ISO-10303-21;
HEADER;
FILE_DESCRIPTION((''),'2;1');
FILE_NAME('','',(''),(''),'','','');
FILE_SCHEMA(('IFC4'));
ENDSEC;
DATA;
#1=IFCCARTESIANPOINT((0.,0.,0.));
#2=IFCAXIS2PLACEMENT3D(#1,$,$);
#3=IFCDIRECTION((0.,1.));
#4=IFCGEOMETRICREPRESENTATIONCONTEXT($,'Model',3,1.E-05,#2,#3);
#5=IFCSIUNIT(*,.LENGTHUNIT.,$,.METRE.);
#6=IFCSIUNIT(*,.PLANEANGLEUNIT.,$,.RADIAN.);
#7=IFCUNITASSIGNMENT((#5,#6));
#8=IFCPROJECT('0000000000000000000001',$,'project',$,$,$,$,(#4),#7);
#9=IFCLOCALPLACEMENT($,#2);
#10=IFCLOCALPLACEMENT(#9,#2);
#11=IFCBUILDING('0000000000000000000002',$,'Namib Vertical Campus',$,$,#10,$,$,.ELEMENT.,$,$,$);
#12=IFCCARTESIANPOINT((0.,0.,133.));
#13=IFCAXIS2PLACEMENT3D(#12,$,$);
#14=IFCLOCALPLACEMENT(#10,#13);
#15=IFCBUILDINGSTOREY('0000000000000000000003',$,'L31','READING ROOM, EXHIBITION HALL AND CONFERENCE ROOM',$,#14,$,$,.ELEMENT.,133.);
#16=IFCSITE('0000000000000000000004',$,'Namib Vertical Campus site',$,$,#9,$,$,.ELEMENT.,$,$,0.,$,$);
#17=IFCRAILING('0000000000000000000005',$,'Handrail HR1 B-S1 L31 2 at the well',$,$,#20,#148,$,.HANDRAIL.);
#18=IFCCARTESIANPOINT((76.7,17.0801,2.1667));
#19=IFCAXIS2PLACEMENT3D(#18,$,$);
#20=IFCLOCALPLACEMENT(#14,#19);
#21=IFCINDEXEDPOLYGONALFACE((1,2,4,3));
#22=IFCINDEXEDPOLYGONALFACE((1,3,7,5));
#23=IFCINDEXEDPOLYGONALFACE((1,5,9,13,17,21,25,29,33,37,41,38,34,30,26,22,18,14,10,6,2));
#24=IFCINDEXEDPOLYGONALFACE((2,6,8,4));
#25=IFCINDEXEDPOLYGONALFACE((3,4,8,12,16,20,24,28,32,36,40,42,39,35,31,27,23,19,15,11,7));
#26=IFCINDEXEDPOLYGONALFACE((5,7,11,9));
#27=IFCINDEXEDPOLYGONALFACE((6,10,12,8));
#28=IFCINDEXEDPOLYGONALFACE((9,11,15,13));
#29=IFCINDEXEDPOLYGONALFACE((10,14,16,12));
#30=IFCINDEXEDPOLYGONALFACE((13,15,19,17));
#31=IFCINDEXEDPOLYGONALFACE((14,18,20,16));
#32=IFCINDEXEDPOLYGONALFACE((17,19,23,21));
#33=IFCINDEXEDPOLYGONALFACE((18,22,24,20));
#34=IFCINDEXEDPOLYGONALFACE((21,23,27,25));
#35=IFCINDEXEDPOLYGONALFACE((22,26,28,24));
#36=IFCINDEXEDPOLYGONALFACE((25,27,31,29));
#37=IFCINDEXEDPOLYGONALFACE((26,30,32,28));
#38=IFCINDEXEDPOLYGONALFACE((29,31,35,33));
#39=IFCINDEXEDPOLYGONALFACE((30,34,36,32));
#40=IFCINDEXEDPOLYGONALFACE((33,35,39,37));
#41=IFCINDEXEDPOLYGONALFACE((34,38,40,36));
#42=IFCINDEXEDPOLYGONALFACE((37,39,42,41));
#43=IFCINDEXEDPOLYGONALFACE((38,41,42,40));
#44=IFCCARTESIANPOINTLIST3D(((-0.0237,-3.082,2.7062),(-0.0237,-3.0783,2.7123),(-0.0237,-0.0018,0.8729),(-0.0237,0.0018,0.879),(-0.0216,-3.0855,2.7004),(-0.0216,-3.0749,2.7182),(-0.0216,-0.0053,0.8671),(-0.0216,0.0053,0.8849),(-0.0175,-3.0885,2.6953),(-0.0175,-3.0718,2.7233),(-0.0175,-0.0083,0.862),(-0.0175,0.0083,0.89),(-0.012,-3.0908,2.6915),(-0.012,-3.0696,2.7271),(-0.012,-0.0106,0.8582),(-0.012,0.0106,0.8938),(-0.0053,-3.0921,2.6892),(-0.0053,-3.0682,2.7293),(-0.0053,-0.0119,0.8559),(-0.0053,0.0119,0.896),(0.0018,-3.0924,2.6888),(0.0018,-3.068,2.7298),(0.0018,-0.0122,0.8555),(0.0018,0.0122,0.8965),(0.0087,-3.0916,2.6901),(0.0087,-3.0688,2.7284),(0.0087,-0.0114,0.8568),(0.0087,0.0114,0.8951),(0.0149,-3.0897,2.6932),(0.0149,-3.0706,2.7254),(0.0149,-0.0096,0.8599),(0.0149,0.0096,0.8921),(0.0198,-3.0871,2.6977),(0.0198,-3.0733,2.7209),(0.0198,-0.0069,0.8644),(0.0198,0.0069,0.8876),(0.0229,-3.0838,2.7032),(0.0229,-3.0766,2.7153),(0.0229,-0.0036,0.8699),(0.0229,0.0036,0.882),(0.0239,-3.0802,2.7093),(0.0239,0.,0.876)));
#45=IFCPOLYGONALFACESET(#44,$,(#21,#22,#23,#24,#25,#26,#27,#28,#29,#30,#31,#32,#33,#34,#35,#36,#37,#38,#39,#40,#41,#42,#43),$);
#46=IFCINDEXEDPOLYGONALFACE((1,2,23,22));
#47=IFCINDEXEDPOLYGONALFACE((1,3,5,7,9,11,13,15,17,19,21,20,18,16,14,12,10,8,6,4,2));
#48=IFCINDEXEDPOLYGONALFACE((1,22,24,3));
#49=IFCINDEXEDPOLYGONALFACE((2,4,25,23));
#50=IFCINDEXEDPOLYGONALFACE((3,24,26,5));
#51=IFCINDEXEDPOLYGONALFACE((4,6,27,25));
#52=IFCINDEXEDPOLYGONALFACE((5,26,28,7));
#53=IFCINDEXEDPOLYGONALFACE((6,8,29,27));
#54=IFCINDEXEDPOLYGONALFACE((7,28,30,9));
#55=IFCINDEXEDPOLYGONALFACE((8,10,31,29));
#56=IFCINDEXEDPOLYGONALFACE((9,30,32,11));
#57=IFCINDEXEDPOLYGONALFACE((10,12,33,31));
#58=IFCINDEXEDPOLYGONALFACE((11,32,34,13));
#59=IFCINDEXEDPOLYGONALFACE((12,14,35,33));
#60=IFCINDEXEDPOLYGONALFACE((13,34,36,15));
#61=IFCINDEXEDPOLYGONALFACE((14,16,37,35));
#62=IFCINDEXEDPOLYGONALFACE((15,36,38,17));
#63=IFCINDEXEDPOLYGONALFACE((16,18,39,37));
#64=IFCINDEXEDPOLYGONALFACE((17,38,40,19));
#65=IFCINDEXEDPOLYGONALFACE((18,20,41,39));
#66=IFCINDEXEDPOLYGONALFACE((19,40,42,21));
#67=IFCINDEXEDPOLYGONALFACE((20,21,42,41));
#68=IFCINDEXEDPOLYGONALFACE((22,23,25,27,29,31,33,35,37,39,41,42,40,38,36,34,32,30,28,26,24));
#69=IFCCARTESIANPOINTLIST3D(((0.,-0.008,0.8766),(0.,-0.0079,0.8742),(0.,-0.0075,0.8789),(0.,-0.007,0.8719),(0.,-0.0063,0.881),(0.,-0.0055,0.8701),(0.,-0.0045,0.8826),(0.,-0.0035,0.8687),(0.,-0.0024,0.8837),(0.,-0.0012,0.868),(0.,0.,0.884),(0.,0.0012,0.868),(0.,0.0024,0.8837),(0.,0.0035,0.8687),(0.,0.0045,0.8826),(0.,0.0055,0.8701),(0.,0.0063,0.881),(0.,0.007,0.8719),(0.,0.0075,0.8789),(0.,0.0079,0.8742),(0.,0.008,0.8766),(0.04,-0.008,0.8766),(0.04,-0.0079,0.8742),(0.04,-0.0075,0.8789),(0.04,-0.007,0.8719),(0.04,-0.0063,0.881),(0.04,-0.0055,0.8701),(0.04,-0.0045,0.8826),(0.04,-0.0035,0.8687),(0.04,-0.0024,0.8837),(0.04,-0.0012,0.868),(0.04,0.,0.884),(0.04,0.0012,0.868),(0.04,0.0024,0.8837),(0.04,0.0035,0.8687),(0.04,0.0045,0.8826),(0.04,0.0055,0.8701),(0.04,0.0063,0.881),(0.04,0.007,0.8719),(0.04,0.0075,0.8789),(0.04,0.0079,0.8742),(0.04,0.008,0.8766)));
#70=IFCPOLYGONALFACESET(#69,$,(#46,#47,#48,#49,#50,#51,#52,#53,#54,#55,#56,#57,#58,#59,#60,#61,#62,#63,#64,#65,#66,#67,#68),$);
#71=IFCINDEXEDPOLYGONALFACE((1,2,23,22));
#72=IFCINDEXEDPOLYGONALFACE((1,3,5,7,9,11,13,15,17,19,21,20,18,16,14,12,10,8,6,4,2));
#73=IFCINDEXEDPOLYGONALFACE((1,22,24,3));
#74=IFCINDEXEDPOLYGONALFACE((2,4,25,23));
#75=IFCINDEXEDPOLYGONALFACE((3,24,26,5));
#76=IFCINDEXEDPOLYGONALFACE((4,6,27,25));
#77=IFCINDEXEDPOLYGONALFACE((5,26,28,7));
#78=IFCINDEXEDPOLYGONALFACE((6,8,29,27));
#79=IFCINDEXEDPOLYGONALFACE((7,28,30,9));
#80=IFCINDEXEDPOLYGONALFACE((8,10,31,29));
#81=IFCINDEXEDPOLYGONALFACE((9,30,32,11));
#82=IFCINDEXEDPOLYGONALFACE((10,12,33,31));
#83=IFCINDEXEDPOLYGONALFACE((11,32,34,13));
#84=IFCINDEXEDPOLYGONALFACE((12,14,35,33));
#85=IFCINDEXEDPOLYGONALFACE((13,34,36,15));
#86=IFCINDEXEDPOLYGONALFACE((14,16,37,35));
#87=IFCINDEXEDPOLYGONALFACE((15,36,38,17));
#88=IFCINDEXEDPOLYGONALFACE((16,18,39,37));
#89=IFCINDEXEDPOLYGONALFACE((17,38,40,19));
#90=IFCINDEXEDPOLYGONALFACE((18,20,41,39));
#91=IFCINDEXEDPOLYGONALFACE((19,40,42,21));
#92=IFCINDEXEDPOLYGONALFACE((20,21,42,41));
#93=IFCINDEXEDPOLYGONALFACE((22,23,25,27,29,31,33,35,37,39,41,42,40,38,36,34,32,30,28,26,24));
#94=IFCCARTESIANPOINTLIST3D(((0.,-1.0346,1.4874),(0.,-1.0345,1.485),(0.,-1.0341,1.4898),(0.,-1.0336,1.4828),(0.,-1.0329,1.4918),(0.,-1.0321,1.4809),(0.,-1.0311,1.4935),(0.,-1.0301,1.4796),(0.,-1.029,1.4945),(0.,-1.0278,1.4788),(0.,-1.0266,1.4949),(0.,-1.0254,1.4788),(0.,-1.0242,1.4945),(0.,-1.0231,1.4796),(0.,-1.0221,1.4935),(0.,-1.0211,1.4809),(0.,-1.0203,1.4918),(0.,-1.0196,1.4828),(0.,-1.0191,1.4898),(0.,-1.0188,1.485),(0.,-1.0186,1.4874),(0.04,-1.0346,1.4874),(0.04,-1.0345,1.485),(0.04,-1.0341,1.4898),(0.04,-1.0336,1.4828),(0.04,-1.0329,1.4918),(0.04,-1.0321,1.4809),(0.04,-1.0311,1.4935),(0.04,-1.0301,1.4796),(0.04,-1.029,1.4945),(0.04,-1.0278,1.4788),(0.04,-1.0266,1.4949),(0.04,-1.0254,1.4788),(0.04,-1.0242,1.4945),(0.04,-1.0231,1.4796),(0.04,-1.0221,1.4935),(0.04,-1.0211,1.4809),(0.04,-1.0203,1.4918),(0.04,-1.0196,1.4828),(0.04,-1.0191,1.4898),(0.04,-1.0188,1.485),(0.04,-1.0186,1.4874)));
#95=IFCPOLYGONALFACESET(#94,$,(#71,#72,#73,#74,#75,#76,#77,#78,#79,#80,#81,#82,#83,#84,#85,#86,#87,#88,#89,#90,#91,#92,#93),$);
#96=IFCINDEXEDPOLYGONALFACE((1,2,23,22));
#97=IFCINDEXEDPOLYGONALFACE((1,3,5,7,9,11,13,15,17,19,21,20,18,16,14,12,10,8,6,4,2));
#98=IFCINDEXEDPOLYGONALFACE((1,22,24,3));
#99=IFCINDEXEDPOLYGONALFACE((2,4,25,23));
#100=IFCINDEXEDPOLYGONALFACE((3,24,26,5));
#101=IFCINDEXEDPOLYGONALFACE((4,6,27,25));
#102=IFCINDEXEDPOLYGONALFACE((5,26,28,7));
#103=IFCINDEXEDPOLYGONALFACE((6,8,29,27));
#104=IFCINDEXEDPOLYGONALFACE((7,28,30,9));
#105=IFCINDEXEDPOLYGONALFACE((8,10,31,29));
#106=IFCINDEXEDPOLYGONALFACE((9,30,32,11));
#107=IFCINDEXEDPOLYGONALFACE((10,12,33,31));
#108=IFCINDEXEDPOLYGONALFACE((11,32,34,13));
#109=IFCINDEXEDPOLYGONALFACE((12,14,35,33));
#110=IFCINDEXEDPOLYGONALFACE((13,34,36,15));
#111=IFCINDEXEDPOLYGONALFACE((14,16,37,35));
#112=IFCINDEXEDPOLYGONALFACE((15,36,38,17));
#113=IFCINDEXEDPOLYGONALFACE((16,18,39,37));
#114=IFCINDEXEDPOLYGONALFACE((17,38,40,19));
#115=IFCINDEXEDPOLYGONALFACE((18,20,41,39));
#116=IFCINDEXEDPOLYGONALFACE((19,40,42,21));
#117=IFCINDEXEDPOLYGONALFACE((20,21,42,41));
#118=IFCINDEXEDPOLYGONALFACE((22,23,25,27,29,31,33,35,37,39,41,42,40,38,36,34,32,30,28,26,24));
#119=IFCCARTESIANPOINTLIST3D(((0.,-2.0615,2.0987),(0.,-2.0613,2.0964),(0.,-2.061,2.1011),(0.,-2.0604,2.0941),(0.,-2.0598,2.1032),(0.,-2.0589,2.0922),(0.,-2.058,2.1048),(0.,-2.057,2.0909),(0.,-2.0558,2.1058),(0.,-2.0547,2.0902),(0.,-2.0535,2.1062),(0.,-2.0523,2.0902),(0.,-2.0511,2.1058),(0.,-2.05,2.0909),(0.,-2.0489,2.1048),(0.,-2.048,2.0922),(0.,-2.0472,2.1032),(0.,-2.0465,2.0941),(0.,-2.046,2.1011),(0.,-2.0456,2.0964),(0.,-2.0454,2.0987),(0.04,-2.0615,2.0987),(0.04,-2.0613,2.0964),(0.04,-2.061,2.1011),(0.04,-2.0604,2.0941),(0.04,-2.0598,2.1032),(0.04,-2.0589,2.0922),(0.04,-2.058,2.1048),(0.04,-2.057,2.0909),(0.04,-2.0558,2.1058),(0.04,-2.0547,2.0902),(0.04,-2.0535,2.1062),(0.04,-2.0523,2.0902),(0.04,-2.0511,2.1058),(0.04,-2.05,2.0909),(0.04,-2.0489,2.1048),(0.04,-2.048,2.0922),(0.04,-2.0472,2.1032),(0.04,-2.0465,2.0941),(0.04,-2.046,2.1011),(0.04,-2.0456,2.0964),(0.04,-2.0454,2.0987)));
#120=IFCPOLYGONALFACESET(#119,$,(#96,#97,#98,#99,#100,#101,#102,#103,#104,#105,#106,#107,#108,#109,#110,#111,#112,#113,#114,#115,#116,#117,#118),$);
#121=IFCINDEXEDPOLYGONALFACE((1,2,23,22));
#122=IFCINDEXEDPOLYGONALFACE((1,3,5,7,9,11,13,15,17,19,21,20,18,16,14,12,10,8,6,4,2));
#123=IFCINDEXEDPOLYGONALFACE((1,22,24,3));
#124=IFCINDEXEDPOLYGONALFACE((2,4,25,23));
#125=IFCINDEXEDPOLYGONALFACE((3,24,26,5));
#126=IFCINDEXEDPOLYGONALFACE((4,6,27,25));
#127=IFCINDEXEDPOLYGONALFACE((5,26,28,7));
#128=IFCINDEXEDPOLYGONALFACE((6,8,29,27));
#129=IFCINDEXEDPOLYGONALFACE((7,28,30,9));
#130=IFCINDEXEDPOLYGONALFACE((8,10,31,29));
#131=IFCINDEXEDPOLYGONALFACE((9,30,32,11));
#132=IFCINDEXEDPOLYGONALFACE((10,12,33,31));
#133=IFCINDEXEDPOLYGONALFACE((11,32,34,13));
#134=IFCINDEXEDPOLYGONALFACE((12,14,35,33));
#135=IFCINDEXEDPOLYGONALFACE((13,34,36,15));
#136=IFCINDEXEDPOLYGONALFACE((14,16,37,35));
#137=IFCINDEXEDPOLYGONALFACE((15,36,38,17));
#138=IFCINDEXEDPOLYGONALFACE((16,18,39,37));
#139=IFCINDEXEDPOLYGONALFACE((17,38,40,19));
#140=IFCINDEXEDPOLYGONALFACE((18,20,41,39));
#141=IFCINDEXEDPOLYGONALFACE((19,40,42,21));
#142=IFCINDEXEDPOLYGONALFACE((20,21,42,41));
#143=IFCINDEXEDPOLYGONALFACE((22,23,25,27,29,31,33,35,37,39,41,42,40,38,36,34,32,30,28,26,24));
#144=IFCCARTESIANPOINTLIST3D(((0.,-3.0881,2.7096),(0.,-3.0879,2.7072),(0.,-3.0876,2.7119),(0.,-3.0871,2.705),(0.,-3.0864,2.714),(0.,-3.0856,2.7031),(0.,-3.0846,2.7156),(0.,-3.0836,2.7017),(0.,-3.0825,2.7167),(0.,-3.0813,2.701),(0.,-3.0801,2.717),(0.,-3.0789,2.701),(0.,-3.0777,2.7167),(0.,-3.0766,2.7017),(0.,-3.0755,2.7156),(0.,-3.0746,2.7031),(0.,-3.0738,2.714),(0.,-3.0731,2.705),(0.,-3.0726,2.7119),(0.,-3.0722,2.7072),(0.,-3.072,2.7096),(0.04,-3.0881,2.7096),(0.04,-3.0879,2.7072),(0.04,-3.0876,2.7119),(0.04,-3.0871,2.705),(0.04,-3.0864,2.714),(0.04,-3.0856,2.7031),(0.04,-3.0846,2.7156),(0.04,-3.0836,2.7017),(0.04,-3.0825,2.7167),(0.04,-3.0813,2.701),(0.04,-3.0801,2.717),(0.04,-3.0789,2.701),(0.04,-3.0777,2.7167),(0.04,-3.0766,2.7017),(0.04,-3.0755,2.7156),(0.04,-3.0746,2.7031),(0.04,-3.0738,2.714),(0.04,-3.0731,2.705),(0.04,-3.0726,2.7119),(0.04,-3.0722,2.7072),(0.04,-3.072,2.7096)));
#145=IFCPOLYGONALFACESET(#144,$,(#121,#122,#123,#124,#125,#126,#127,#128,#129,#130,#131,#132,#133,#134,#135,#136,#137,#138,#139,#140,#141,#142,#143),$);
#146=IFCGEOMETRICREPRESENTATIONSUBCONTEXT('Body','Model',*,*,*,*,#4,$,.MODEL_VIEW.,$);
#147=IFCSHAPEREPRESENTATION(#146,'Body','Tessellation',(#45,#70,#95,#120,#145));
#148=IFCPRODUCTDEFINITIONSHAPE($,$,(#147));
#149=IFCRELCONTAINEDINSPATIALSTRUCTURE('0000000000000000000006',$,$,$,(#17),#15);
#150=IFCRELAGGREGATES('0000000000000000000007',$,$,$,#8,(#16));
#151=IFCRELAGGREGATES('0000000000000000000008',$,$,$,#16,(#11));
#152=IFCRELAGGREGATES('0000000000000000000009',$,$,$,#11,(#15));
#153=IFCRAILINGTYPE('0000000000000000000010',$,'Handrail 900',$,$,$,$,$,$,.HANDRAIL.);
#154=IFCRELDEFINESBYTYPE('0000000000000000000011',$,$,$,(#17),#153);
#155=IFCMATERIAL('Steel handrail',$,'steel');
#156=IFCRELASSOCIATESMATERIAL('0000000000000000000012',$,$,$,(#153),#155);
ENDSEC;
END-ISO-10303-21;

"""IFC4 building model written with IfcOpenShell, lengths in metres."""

from ifc_helpers import new_model, si_unit, direction, frame, origin, origin_2d, place, context, subcontext, project, spatial, circle, extrude, material, type_object, element, save


model = new_model("IFC4")

# Units and contexts
model_context = context("Model", 3, precision=1e-05, world=origin(), true_north=direction((0.0, 1.0)))
body_context = subcontext(model_context, "Body", "Model", "MODEL_VIEW")
ifc_project = project(units=[si_unit("LENGTHUNIT", "METRE"), si_unit("PLANEANGLEUNIT", "RADIAN")], contexts=[model_context])

# Site, building, storey
site_placement = place(None, origin())
site = spatial("IfcSite", under=ifc_project, at=site_placement, Name="Namib Vertical Campus site", CompositionType="ELEMENT", RefElevation=0.0)
building_placement = place(site_placement, origin())
building = spatial("IfcBuilding", under=site, at=building_placement, Name="Namib Vertical Campus", CompositionType="ELEMENT")
storey_placement = place(building_placement, frame((0.0, 0.0, 133.0)))
storey = spatial("IfcBuildingStorey", under=building, at=storey_placement, Name="L31", Description="READING ROOM, EXHIBITION HALL AND CONFERENCE ROOM", CompositionType="ELEMENT", Elevation=133.0)

# Railing
ifc_material_1 = material(Name="Steel handrail", Category="steel")
railing_type_1 = type_object("IfcRailingType", Name="Handrail 900", PredefinedType="HANDRAIL", material=ifc_material_1)
railing_1_placement = place(storey_placement, frame((76.7, 17.0801, 2.1667)))
element("IfcRailing", 1, at=railing_1_placement, inside=storey, type_object=railing_type_1, Name="Handrail HR1 B-S1 L31 2 at the well", PredefinedType="HANDRAIL", context=body_context, shape_type="SweptSolid", body=[
    extrude(circle(Radius=0.0239, at=origin_2d()), frame((0.0, 0.0, 0.876), z_axis=(0.0, -0.859309, 0.511458), x_axis=(1.0, 0.0, 0.0)), (0.0, 0.0, 1.0), 3.5845),
    extrude(circle(Radius=0.0081, at=origin_2d()), frame((0.0, 0.0, 0.876), z_axis=(1.0, 0.0, 0.0), x_axis=(0.0, 0.0, 1.0)), (0.0, 0.0, 1.0), 0.04),
    extrude(circle(Radius=0.0081, at=origin_2d()), frame((0.0, -1.0266, 1.4868), z_axis=(1.0, 0.0, 0.0), x_axis=(0.0, 0.0, 1.0)), (0.0, 0.0, 1.0), 0.04),
    extrude(circle(Radius=0.0081, at=origin_2d()), frame((0.0, -2.0535, 2.0981), z_axis=(1.0, 0.0, 0.0), x_axis=(0.0, 0.0, 1.0)), (0.0, 0.0, 1.0), 0.04),
    extrude(circle(Radius=0.0081, at=origin_2d()), frame((0.0, -3.0801, 2.709), z_axis=(1.0, 0.0, 0.0), x_axis=(0.0, 0.0, 1.0)), (0.0, 0.0, 1.0), 0.04),
])

save(model, "model.ifc")
